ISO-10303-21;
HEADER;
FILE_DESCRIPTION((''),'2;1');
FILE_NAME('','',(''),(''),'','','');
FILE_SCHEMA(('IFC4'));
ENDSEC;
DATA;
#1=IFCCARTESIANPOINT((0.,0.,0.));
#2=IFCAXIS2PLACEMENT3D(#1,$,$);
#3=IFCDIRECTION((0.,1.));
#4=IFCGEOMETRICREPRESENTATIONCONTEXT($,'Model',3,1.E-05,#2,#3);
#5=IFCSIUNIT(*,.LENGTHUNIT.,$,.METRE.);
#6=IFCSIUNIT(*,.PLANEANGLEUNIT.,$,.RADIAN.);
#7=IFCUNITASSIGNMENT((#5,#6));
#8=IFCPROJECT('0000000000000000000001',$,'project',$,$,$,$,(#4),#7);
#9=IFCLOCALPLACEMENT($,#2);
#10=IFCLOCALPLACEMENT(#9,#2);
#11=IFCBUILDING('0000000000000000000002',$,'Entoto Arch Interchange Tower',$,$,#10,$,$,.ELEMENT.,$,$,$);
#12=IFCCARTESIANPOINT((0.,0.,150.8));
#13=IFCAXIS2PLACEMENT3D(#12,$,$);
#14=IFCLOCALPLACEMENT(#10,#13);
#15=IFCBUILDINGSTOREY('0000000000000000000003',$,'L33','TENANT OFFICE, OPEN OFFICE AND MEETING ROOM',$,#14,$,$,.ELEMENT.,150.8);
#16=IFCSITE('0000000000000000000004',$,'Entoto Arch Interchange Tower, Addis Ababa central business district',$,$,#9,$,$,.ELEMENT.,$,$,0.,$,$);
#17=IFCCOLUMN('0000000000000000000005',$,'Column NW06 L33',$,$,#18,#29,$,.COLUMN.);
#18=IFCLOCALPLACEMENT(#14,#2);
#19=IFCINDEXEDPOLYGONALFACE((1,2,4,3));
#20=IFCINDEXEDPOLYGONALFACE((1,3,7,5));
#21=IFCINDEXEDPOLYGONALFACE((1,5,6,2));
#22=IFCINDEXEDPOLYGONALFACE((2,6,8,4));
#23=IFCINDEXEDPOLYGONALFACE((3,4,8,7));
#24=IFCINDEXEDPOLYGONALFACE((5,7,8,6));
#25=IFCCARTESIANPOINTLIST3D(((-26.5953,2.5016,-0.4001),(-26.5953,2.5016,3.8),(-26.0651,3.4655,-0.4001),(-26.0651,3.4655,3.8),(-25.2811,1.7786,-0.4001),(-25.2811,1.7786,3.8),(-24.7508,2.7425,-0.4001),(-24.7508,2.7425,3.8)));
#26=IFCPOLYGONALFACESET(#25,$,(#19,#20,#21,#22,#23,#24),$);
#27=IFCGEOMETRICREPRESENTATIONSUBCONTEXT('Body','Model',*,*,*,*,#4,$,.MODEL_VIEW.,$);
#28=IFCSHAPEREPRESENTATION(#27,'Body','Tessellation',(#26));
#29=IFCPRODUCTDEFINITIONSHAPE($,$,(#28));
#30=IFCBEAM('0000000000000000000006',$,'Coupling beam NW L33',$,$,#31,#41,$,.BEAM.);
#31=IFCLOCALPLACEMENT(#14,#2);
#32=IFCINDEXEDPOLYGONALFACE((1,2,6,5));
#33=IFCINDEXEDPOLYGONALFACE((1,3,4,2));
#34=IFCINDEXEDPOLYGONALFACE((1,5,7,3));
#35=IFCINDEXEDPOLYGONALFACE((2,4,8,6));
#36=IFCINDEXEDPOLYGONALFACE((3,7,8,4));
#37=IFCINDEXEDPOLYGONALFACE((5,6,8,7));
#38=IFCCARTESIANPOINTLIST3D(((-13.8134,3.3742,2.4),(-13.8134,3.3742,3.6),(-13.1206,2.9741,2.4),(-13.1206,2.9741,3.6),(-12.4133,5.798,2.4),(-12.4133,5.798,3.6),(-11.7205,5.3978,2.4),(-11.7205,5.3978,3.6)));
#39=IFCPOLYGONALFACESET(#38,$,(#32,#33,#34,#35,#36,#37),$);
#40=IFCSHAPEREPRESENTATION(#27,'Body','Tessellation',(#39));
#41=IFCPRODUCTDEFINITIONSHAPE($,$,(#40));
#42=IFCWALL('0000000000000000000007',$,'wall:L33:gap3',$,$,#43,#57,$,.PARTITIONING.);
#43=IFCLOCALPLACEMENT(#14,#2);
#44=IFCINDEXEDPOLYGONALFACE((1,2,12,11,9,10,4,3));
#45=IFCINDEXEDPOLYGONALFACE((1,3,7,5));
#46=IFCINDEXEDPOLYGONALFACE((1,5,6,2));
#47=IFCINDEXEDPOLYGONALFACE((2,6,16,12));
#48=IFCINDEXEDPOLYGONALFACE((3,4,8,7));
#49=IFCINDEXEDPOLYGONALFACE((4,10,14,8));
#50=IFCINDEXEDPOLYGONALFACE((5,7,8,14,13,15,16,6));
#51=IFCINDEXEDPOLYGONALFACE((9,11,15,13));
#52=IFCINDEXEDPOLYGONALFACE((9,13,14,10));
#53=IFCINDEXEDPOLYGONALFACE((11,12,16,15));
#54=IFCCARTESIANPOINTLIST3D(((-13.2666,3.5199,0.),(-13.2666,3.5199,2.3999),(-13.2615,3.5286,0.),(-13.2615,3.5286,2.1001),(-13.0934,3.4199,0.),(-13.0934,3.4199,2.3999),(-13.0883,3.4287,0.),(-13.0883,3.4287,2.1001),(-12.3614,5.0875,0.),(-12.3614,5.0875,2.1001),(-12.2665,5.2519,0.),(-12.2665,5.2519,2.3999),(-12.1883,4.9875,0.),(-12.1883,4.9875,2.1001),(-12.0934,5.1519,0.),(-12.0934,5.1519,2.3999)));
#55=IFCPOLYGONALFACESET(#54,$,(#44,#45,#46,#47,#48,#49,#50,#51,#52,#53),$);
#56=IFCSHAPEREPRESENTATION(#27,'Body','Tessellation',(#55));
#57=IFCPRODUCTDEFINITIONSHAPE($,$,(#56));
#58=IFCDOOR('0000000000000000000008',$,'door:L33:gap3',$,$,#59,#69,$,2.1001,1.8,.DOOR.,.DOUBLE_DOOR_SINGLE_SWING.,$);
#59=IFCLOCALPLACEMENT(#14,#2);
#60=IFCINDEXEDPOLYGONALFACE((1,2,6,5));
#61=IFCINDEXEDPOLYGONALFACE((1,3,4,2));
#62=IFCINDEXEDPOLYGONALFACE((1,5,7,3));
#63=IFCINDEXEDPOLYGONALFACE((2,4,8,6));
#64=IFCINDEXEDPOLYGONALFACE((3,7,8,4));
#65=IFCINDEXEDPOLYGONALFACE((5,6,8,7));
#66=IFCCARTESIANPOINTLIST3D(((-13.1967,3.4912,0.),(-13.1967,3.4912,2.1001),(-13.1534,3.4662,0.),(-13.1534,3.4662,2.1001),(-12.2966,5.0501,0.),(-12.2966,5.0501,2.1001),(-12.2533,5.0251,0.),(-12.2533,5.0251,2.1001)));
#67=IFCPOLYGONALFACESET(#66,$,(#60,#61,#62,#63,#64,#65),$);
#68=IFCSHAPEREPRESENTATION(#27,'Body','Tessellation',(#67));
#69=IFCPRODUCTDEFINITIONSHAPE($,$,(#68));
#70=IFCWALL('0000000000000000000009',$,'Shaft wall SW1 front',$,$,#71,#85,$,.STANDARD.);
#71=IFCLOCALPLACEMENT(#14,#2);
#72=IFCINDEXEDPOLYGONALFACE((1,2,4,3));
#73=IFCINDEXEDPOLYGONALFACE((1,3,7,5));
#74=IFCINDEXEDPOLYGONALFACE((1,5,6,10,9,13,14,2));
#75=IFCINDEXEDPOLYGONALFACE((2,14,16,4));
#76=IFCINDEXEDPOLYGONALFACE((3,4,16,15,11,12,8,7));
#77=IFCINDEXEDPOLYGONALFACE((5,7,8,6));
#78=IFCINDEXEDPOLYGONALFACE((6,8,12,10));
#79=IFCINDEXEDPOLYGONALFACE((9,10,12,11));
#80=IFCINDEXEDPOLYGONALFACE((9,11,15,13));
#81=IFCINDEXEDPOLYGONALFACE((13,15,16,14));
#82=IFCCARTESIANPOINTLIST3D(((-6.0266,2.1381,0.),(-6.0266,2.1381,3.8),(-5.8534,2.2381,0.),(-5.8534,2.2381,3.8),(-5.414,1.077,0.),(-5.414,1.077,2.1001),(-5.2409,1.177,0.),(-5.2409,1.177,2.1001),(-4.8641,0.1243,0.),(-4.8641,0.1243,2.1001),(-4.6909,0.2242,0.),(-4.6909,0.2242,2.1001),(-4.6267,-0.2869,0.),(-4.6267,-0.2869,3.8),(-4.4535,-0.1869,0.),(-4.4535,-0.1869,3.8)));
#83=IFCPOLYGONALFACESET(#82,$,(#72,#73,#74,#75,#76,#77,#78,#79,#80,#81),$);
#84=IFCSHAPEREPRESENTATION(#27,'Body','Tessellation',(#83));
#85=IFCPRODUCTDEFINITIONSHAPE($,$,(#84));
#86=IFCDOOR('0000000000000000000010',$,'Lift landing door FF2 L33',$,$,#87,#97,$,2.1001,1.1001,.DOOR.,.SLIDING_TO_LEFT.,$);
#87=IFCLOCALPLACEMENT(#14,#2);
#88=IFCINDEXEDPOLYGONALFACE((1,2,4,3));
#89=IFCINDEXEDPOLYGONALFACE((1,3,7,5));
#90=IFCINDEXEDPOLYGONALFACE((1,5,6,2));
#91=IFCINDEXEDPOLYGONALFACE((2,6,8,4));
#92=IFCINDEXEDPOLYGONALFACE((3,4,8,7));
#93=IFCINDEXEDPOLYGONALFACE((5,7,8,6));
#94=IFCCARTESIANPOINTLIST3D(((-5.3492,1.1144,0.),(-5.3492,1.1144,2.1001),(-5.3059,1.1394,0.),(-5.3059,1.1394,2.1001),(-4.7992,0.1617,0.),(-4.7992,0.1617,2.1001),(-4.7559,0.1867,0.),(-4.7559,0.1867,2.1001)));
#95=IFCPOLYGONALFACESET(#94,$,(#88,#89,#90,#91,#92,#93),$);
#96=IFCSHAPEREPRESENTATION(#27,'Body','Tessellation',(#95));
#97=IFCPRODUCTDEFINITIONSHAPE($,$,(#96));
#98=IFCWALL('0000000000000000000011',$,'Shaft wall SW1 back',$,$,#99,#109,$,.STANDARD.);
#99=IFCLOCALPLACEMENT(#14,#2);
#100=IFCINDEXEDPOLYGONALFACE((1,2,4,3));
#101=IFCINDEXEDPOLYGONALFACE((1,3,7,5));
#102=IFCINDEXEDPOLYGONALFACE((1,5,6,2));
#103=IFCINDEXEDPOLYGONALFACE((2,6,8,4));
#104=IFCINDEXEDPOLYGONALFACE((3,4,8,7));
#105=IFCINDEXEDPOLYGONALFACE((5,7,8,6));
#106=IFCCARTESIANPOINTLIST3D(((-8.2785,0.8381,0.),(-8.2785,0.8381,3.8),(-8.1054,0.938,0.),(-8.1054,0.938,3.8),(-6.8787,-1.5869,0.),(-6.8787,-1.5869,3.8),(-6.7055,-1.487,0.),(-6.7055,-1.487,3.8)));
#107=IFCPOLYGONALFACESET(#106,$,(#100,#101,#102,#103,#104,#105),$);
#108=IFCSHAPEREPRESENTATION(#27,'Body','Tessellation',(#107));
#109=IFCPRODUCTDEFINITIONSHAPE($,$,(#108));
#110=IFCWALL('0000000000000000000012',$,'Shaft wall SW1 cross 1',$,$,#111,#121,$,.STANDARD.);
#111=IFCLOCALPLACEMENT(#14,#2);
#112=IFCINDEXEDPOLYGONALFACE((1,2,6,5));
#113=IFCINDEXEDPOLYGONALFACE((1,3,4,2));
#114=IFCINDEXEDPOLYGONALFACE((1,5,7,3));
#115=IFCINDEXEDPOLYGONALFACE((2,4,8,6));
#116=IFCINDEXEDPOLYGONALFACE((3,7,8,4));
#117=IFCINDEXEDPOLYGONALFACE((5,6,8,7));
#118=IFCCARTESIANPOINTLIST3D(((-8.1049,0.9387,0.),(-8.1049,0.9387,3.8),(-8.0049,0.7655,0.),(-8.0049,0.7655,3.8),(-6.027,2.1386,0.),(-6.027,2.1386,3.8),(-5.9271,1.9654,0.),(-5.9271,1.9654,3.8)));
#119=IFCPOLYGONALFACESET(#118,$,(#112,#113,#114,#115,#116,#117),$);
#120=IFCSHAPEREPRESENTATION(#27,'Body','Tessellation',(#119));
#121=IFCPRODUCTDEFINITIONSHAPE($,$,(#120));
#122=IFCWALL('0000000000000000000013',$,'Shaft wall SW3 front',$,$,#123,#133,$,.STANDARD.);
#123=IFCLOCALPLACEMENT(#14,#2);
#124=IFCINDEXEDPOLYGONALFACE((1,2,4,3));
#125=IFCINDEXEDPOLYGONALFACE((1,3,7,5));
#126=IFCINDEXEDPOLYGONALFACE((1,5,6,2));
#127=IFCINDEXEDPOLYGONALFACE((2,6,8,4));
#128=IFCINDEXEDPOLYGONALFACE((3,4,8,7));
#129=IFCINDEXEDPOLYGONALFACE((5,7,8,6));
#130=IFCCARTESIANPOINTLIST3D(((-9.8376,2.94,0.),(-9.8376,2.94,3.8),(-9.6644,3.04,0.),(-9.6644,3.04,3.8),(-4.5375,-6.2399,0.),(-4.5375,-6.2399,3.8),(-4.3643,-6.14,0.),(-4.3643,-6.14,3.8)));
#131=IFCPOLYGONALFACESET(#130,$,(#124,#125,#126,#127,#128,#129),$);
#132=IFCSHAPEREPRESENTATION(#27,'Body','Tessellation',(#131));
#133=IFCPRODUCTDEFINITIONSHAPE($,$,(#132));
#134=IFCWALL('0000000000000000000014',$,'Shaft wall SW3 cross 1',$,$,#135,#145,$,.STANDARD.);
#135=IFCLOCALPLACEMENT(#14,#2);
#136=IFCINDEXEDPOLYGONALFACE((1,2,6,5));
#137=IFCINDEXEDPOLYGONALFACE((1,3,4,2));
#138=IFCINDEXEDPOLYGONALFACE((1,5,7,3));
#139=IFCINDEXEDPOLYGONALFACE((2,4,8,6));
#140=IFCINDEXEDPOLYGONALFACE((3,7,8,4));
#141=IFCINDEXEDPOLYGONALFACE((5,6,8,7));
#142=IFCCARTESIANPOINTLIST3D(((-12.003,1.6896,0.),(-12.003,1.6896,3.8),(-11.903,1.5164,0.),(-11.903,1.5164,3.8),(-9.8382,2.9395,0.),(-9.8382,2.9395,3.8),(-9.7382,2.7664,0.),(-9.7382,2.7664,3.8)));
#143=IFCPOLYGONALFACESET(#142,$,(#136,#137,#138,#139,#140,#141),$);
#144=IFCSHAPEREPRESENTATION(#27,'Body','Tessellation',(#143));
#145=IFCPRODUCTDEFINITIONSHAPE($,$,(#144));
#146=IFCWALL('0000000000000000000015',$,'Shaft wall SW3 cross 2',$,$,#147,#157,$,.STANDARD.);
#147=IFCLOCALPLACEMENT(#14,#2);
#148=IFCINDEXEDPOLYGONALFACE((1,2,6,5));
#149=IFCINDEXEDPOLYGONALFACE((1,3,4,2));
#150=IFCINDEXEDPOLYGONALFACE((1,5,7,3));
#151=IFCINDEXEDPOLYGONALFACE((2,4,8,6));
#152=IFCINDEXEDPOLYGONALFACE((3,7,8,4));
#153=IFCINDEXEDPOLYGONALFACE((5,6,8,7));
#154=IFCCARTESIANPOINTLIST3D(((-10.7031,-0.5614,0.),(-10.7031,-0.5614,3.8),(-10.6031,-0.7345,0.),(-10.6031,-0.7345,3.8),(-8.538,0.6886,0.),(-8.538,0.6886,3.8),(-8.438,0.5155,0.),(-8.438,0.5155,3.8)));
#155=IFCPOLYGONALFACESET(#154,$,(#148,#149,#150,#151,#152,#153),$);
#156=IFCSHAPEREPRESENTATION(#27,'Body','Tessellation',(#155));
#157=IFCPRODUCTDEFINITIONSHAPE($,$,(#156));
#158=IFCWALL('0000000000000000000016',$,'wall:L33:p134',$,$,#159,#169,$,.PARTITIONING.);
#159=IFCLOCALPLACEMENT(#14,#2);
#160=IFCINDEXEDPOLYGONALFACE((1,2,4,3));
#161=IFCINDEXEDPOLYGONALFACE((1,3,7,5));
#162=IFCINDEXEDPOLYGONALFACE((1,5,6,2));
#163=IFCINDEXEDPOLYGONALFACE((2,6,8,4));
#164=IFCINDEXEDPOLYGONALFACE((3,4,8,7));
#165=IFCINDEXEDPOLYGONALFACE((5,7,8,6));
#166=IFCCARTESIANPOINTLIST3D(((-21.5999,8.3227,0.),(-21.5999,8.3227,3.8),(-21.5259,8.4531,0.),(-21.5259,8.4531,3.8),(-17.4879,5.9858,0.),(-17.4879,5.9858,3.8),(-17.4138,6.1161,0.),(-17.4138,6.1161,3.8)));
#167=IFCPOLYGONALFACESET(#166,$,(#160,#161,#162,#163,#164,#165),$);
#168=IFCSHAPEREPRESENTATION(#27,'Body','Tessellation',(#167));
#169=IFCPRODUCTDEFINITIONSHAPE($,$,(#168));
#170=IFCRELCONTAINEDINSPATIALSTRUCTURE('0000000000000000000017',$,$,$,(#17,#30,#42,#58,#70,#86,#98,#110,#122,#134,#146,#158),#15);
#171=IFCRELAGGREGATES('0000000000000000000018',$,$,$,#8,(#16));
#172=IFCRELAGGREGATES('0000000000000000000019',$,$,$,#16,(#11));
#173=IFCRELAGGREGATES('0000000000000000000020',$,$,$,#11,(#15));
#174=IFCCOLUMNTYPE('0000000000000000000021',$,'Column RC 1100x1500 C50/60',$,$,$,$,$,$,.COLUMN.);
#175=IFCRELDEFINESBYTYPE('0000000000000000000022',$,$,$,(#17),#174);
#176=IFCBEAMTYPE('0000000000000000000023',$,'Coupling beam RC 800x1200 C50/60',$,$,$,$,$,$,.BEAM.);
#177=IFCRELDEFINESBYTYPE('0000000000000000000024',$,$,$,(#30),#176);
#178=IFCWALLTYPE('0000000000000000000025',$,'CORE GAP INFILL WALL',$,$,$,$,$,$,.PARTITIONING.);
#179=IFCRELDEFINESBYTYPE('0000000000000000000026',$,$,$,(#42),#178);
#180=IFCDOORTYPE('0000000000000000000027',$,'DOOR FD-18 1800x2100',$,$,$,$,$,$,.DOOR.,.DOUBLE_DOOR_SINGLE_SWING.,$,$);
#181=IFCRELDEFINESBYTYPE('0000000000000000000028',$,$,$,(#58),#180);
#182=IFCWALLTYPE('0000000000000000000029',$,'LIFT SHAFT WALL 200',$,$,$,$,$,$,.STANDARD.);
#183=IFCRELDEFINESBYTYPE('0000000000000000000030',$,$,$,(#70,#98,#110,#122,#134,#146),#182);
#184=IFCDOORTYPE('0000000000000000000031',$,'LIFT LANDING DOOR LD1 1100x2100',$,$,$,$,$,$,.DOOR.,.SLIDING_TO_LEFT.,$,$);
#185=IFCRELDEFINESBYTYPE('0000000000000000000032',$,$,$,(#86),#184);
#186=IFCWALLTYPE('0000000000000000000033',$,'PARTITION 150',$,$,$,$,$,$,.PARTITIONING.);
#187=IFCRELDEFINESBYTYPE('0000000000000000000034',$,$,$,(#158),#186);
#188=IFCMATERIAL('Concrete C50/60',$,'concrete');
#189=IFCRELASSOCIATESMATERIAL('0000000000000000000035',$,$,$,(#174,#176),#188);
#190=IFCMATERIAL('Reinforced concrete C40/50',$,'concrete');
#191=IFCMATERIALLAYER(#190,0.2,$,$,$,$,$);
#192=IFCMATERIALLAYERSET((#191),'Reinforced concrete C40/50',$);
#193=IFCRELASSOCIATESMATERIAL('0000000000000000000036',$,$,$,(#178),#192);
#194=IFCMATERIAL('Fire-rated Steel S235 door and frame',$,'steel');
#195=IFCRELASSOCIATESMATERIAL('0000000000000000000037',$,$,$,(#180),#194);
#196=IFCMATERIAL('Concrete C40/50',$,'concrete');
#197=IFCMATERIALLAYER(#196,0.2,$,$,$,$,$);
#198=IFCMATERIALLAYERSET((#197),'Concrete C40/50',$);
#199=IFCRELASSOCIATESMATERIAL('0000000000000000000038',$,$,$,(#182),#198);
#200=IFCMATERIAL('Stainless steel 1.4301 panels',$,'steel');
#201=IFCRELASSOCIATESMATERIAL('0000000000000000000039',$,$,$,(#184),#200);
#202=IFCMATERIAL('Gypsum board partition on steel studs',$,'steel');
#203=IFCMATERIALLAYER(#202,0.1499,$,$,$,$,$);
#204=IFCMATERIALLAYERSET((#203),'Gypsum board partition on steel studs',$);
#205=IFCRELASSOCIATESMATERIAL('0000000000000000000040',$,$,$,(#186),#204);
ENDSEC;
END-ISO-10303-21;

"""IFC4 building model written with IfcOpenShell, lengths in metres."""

from ifc_helpers import new_model, si_unit, direction, frame, frame_2d, origin, origin_2d, place, context, subcontext, project, spatial, rectangle, extrude, material, layer, layer_set, material_profile, profile_set, type_object, element, fill, save


model = new_model("IFC4")

# Units and contexts
model_context = context("Model", 3, precision=1e-05, world=origin(), true_north=direction((0.0, 1.0)))
body_context = subcontext(model_context, "Body", "Model", "MODEL_VIEW")
ifc_project = project(units=[si_unit("LENGTHUNIT", "METRE"), si_unit("PLANEANGLEUNIT", "RADIAN")], contexts=[model_context])

# Site, building, storey
site_placement = place(None, origin())
site = spatial("IfcSite", under=ifc_project, at=site_placement, Name="Entoto Arch Interchange Tower, Addis Ababa central business district", CompositionType="ELEMENT", RefElevation=0.0)
building_placement = place(site_placement, origin())
building = spatial("IfcBuilding", under=site, at=building_placement, Name="Entoto Arch Interchange Tower", CompositionType="ELEMENT")
storey_placement = place(building_placement, frame((0.0, 0.0, 150.8)))
storey = spatial("IfcBuildingStorey", under=building, at=storey_placement, Name="L33", Description="TENANT OFFICE, OPEN OFFICE AND MEETING ROOM", CompositionType="ELEMENT", Elevation=150.8)

# Column
ifc_material_1 = material(Name="Concrete C50/60", Category="concrete")
ifc_material_profile_1 = material_profile(ifc_material_1, rectangle(XDim=1.1001, YDim=1.5, at=origin_2d()))
ifc_profile_set_1 = profile_set([ifc_material_profile_1], Name="Concrete C50/60")
column_type = type_object("IfcColumnType", Name="Column RC 1100x1500 C50/60", PredefinedType="COLUMN", material=ifc_profile_set_1)
column_placement = place(storey_placement, frame((-25.6731, 2.6221, -0.4001), z_axis=(0.0, 0.0, 1.0), x_axis=(0.481983, 0.876181, 0.0)))
element("IfcColumn", 1, at=column_placement, inside=storey, type_object=column_type, Name="Column NW06 L33", PredefinedType="COLUMN", context=body_context, shape_type="SweptSolid", body=[
    extrude(rectangle(XDim=1.1001, YDim=1.5, at=origin_2d()), origin(), (0.0, 0.0, 1.0), 4.2002),
])

# Beam
ifc_material_profile_2 = material_profile(ifc_material_1, rectangle(XDim=0.8, YDim=1.2, at=origin_2d()))
ifc_profile_set_2 = profile_set([ifc_material_profile_2], Name="Concrete C50/60")
beam_type = type_object("IfcBeamType", Name="Coupling beam RC 800x1200 C50/60", PredefinedType="BEAM", material=ifc_profile_set_2)
beam_placement = place(storey_placement, frame((-12.0669, 5.5979, 3.0), z_axis=(-0.500201, -0.86591, 0.0), x_axis=(0.86591, -0.500201, 0.0)))
element("IfcBeam", 2, at=beam_placement, inside=storey, type_object=beam_type, Name="Coupling beam NW L33", PredefinedType="BEAM", context=body_context, shape_type="SweptSolid", body=[
    extrude(rectangle(XDim=0.8, YDim=1.2, at=origin_2d()), origin(), (0.0, 0.0, 1.0), 2.7991),
])

# Walls, openings, doors
ifc_material_2 = material(Name="Reinforced concrete C40/50", Category="concrete")
ifc_layer_1 = layer(ifc_material_2, 0.2)
ifc_layer_set_1 = layer_set([ifc_layer_1], Name="Reinforced concrete C40/50")
wall_type_1 = type_object("IfcWallType", Name="CORE GAP INFILL WALL", PredefinedType="PARTITIONING", material=ifc_layer_set_1)
wall_1_placement = place(storey_placement, frame((-12.1799, 5.2019, 0.0), z_axis=(0.0, 0.0, 1.0), x_axis=(-0.500025, -0.866011, 0.0)))
wall_1 = element("IfcWall", 3, at=wall_1_placement, inside=storey, type_object=wall_type_1, Name="wall:L33:gap3", PredefinedType="PARTITIONING", context=body_context, shape_type="SweptSolid", body=[
    extrude(rectangle(XDim=2.0, YDim=0.2, at=frame_2d((1.0, 0.0))), origin(), (0.0, 0.0, 1.0), 2.3999),
])
opening_1_placement = place(wall_1_placement, frame((0.1899, 0.0, 0.0)))
opening_1 = element("IfcOpeningElement", 4, at=opening_1_placement, cuts=wall_1, PredefinedType="OPENING", context=body_context, shape_type="SweptSolid", body=[
    extrude(rectangle(XDim=1.8, YDim=2.1001, at=frame_2d((0.8999, 1.05))), frame((0.0, 0.1099, 0.0), z_axis=(0.0, -1.0, 0.0), x_axis=(1.0, 0.0, 0.0)), (0.0, 0.0, 1.0), 0.22),
])
ifc_material_3 = material(Name="Fire-rated Steel S235 door and frame", Category="steel")
door_type_1 = type_object("IfcDoorType", Name="DOOR FD-18 1800x2100", OperationType="DOUBLE_DOOR_SINGLE_SWING", PredefinedType="DOOR", material=ifc_material_3)
door_1_placement = place(opening_1_placement, origin())
door_1 = element("IfcDoor", 5, at=door_1_placement, inside=storey, type_object=door_type_1, Name="door:L33:gap3", OperationType="DOUBLE_DOOR_SINGLE_SWING", OverallHeight=2.1001, OverallWidth=1.8, PredefinedType="DOOR", context=body_context, shape_type="SweptSolid", body=[
    extrude(rectangle(XDim=1.8, YDim=2.1001, at=frame_2d((0.8999, 1.05))), frame((0.0, 0.0249, 0.0), z_axis=(0.0, -1.0, 0.0), x_axis=(1.0, 0.0, 0.0)), (0.0, 0.0, 1.0), 0.05),
])
fill(opening_1, door_1)
ifc_material_4 = material(Name="Concrete C40/50", Category="concrete")
ifc_layer_2 = layer(ifc_material_4, 0.2)
ifc_layer_set_2 = layer_set([ifc_layer_2], Name="Concrete C40/50")
wall_type_2 = type_object("IfcWallType", Name="LIFT SHAFT WALL 200", PredefinedType="STANDARD", material=ifc_layer_set_2)
wall_2_placement = place(storey_placement, frame((-5.9399, 2.188, 0.0), z_axis=(0.0, 0.0, 1.0), x_axis=(0.499946, -0.866056, 0.0)))
wall_2 = element("IfcWall", 6, at=wall_2_placement, inside=storey, type_object=wall_type_2, Name="Shaft wall SW1 front", PredefinedType="STANDARD", context=body_context, shape_type="SweptSolid", body=[
    extrude(rectangle(XDim=2.8, YDim=0.2, at=frame_2d((1.3999, 0.0))), origin(), (0.0, 0.0, 1.0), 3.8),
])
opening_2_placement = place(wall_2_placement, frame((1.2251, 0.0, 0.0)))
opening_2 = element("IfcOpeningElement", 7, at=opening_2_placement, cuts=wall_2, PredefinedType="OPENING", context=body_context, shape_type="SweptSolid", body=[
    extrude(rectangle(XDim=1.1001, YDim=2.1001, at=frame_2d((0.55, 1.05))), frame((0.0, 0.1099, 0.0), z_axis=(0.0, -1.0, 0.0), x_axis=(1.0, 0.0, 0.0)), (0.0, 0.0, 1.0), 0.22),
])
ifc_material_5 = material(Name="Stainless steel 1.4301 panels", Category="steel")
door_type_2 = type_object("IfcDoorType", Name="LIFT LANDING DOOR LD1 1100x2100", OperationType="SLIDING_TO_LEFT", PredefinedType="DOOR", material=ifc_material_5)
door_2_placement = place(opening_2_placement, origin())
door_2 = element("IfcDoor", 8, at=door_2_placement, inside=storey, type_object=door_type_2, Name="Lift landing door FF2 L33", OperationType="SLIDING_TO_LEFT", OverallHeight=2.1001, OverallWidth=1.1001, PredefinedType="DOOR", context=body_context, shape_type="SweptSolid", body=[
    extrude(rectangle(XDim=1.1001, YDim=2.1001, at=frame_2d((0.55, 1.05))), frame((0.0, 0.0249, 0.0), z_axis=(0.0, -1.0, 0.0), x_axis=(1.0, 0.0, 0.0)), (0.0, 0.0, 1.0), 0.05),
])
fill(opening_2, door_2)

# Walls
wall_3_placement = place(storey_placement, frame((-8.1919, 0.8879, 0.0), z_axis=(0.0, 0.0, 1.0), x_axis=(0.499946, -0.866056, 0.0)))
element("IfcWall", 9, at=wall_3_placement, inside=storey, type_object=wall_type_2, Name="Shaft wall SW1 back", PredefinedType="STANDARD", context=body_context, shape_type="SweptSolid", body=[
    extrude(rectangle(XDim=2.8, YDim=0.2, at=frame_2d((1.3999, 0.0))), origin(), (0.0, 0.0, 1.0), 3.8),
])
wall_4_placement = place(storey_placement, frame((-5.9771, 2.052, 0.0), z_axis=(0.0, 0.0, 1.0), x_axis=(-0.865974, -0.500089, 0.0)))
element("IfcWall", 10, at=wall_4_placement, inside=storey, type_object=wall_type_2, Name="Shaft wall SW1 cross 1", PredefinedType="STANDARD", context=body_context, shape_type="SweptSolid", body=[
    extrude(rectangle(XDim=2.3994, YDim=0.2, at=frame_2d((1.1997, 0.0))), origin(), (0.0, 0.0, 1.0), 3.8),
])
wall_5_placement = place(storey_placement, frame((-9.751, 2.99, 0.0), z_axis=(0.0, 0.0, 1.0), x_axis=(0.500001, -0.866025, 0.0)))
element("IfcWall", 11, at=wall_5_placement, inside=storey, type_object=wall_type_2, Name="Shaft wall SW3 front", PredefinedType="STANDARD", context=body_context, shape_type="SweptSolid", body=[
    extrude(rectangle(XDim=10.6001, YDim=0.2, at=frame_2d((5.3, 0.0))), origin(), (0.0, 0.0, 1.0), 3.8),
])
wall_6_placement = place(storey_placement, frame((-9.7881, 2.853, 0.0), z_axis=(0.0, 0.0, 1.0), x_axis=(-0.865999, -0.500047, 0.0)))
element("IfcWall", 12, at=wall_6_placement, inside=storey, type_object=wall_type_2, Name="Shaft wall SW3 cross 1", PredefinedType="STANDARD", context=body_context, shape_type="SweptSolid", body=[
    extrude(rectangle(XDim=2.4998, YDim=0.2, at=frame_2d((1.25, 0.0))), origin(), (0.0, 0.0, 1.0), 3.8),
])
wall_7_placement = place(storey_placement, frame((-8.488, 0.6021, 0.0), z_axis=(0.0, 0.0, 1.0), x_axis=(-0.866023, -0.500004, 0.0)))
element("IfcWall", 13, at=wall_7_placement, inside=storey, type_object=wall_type_2, Name="Shaft wall SW3 cross 2", PredefinedType="STANDARD", context=body_context, shape_type="SweptSolid", body=[
    extrude(rectangle(XDim=2.5, YDim=0.2, at=frame_2d((1.25, 0.0))), origin(), (0.0, 0.0, 1.0), 3.8),
])
ifc_material_6 = material(Name="Gypsum board partition on steel studs", Category="steel")
ifc_layer_3 = layer(ifc_material_6, 0.1499)
ifc_layer_set_3 = layer_set([ifc_layer_3], Name="Gypsum board partition on steel studs")
wall_type_3 = type_object("IfcWallType", Name="PARTITION 150", PredefinedType="PARTITIONING", material=ifc_layer_set_3)
wall_8_placement = place(storey_placement, frame((-17.4509, 6.051, 0.0), z_axis=(0.0, 0.0, 1.0), x_axis=(-0.86941, 0.494092, 0.0)))
element("IfcWall", 14, at=wall_8_placement, inside=storey, type_object=wall_type_3, Name="wall:L33:p134", PredefinedType="PARTITIONING", context=body_context, shape_type="SweptSolid", body=[
    extrude(rectangle(XDim=4.7297, YDim=0.1499, at=frame_2d((2.3647, 0.0))), origin(), (0.0, 0.0, 1.0), 3.8),
])

save(model, "model.ifc")
